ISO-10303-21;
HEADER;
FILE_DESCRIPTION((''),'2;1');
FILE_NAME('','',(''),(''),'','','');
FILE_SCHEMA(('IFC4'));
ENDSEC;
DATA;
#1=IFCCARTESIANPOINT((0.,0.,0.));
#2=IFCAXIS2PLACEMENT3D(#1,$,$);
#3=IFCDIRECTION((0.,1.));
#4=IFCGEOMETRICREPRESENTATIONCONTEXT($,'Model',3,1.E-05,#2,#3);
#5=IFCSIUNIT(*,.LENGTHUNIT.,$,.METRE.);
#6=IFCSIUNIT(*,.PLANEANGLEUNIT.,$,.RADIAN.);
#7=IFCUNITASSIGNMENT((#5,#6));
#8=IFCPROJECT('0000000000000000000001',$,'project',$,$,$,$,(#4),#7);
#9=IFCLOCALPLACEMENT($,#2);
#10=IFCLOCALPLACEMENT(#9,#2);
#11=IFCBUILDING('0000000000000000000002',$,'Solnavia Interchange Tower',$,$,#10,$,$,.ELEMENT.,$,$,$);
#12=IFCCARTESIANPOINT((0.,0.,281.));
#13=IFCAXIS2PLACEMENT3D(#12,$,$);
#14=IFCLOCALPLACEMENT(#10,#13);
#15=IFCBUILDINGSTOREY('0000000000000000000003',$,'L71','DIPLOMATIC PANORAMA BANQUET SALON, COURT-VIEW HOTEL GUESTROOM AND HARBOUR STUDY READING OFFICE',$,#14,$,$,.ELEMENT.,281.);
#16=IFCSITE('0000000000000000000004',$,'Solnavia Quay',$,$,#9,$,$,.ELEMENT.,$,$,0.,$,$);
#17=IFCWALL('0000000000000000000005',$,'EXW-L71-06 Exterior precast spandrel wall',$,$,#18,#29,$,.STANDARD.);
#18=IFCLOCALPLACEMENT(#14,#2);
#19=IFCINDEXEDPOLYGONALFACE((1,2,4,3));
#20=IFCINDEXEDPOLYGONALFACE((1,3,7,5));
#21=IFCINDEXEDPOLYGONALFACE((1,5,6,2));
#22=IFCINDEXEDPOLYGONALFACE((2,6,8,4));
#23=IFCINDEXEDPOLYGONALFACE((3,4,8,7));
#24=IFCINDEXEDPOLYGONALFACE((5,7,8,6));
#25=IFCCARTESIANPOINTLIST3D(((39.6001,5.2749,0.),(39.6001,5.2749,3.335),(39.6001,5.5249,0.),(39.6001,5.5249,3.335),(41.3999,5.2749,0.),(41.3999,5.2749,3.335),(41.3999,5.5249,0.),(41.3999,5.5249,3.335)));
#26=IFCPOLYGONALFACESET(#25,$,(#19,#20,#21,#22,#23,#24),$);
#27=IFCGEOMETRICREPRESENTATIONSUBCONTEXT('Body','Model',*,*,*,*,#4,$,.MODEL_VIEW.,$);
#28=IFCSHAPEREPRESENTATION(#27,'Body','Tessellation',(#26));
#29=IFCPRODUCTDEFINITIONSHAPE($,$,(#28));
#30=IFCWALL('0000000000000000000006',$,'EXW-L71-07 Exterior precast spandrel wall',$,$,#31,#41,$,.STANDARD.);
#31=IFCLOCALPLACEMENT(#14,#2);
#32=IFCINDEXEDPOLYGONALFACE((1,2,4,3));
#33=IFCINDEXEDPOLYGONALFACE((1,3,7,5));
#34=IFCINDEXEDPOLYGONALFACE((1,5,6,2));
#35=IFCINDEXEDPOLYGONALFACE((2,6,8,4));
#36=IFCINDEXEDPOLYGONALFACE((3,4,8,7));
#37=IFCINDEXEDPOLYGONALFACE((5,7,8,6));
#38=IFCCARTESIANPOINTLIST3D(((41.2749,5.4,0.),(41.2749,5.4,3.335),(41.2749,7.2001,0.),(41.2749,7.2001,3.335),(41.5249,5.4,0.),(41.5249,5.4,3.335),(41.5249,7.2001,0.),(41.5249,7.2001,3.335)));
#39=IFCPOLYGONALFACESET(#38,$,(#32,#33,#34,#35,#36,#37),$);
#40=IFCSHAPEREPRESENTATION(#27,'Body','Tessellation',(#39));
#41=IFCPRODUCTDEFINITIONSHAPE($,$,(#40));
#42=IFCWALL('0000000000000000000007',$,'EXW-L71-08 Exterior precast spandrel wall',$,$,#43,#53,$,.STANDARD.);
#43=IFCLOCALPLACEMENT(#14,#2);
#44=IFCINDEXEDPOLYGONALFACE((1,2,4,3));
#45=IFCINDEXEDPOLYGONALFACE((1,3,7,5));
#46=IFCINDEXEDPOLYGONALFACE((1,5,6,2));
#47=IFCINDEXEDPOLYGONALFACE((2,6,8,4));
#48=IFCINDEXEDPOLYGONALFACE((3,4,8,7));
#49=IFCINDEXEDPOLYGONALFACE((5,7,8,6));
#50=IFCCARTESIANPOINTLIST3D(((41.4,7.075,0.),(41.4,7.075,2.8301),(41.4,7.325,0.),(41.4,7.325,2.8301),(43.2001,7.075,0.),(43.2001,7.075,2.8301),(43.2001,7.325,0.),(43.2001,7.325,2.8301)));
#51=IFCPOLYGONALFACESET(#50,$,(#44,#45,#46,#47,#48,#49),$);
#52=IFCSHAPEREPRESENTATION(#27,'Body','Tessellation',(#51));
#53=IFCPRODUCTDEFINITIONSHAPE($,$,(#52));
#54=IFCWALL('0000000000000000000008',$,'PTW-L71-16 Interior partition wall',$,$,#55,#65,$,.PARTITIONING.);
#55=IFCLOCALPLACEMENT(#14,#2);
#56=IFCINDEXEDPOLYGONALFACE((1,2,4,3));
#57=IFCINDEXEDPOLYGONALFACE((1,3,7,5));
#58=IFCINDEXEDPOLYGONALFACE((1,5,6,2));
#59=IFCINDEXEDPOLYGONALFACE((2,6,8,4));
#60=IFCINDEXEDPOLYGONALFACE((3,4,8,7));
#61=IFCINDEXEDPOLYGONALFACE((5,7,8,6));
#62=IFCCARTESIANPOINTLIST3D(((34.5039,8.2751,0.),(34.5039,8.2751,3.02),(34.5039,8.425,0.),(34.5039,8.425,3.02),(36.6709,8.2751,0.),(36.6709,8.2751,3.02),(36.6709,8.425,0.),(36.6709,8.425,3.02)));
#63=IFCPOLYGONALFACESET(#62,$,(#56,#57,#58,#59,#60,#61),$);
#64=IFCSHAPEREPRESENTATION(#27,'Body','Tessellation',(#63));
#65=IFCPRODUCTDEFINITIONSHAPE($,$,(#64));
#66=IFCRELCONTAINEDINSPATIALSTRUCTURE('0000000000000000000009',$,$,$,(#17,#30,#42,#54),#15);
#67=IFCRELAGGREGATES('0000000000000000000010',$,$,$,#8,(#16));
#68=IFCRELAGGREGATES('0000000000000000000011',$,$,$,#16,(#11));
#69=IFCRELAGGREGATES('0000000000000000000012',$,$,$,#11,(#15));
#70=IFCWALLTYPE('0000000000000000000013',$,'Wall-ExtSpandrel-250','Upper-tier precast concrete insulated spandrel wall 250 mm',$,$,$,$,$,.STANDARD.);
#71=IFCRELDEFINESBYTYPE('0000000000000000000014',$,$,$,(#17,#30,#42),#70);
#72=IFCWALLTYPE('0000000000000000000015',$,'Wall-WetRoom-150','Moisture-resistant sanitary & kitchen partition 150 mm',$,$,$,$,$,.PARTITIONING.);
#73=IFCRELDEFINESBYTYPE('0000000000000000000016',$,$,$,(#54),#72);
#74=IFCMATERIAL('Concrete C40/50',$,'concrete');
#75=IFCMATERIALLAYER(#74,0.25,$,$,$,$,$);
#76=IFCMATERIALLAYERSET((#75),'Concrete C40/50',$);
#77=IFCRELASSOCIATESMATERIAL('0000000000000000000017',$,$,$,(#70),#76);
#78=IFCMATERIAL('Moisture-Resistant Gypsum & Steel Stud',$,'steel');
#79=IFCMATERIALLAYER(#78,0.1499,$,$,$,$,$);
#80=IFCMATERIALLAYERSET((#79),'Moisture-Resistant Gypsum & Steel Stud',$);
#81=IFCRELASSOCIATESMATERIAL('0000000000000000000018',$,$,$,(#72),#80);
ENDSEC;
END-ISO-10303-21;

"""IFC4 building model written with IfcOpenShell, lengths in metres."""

from ifc_helpers import new_model, si_unit, direction, frame, frame_2d, origin, place, context, subcontext, project, spatial, rectangle, extrude, material, layer, layer_set, type_object, element, save


model = new_model("IFC4")

# Units and contexts
model_context = context("Model", 3, precision=1e-05, world=origin(), true_north=direction((0.0, 1.0)))
body_context = subcontext(model_context, "Body", "Model", "MODEL_VIEW")
ifc_project = project(units=[si_unit("LENGTHUNIT", "METRE"), si_unit("PLANEANGLEUNIT", "RADIAN")], contexts=[model_context])

# Site, building, storey
site_placement = place(None, origin())
site = spatial("IfcSite", under=ifc_project, at=site_placement, Name="Solnavia Quay", CompositionType="ELEMENT", RefElevation=0.0)
building_placement = place(site_placement, origin())
building = spatial("IfcBuilding", under=site, at=building_placement, Name="Solnavia Interchange Tower", CompositionType="ELEMENT")
storey_placement = place(building_placement, frame((0.0, 0.0, 281.0)))
storey = spatial("IfcBuildingStorey", under=building, at=storey_placement, Name="L71", Description="DIPLOMATIC PANORAMA BANQUET SALON, COURT-VIEW HOTEL GUESTROOM AND HARBOUR STUDY READING OFFICE", CompositionType="ELEMENT", Elevation=281.0)

# Shared definitions
ifc_material_1 = material(Name="Concrete C40/50", Category="concrete")
ifc_layer_1 = layer(ifc_material_1, 0.25)
ifc_layer_set_1 = layer_set([ifc_layer_1], Name="Concrete C40/50")
wall_type_1 = type_object("IfcWallType", Name="Wall-ExtSpandrel-250", Description="Upper-tier precast concrete insulated spandrel wall 250 mm", PredefinedType="STANDARD", material=ifc_layer_set_1)

# Walls
wall_1_placement = place(storey_placement, frame((41.3999, 5.3999, 0.0), z_axis=(0.0, 0.0, 1.0), x_axis=(-1.0, 0.0, 0.0)))
element("IfcWall", 1, at=wall_1_placement, inside=storey, type_object=wall_type_1, Name="EXW-L71-06 Exterior precast spandrel wall", PredefinedType="STANDARD", context=body_context, shape_type="SweptSolid", body=[
    extrude(rectangle(XDim=1.7998, YDim=0.25, at=frame_2d((0.8999, 0.0))), origin(), (0.0, 0.0, 1.0), 3.335),
])
wall_2_placement = place(storey_placement, frame((41.3999, 7.2, 0.0), z_axis=(0.0, 0.0, 1.0), x_axis=(0.0, -1.0, 0.0)))
element("IfcWall", 2, at=wall_2_placement, inside=storey, type_object=wall_type_1, Name="EXW-L71-07 Exterior precast spandrel wall", PredefinedType="STANDARD", context=body_context, shape_type="SweptSolid", body=[
    extrude(rectangle(XDim=1.8, YDim=0.25, at=frame_2d((0.8999, 0.0))), origin(), (0.0, 0.0, 1.0), 3.335),
])
wall_3_placement = place(storey_placement, frame((43.2, 7.2, 0.0), z_axis=(0.0, 0.0, 1.0), x_axis=(-1.0, 0.0, 0.0)))
element("IfcWall", 3, at=wall_3_placement, inside=storey, type_object=wall_type_1, Name="EXW-L71-08 Exterior precast spandrel wall", PredefinedType="STANDARD", context=body_context, shape_type="SweptSolid", body=[
    extrude(rectangle(XDim=1.8, YDim=0.25, at=frame_2d((0.8999, 0.0))), origin(), (0.0, 0.0, 1.0), 2.8301),
])
ifc_material_2 = material(Name="Moisture-Resistant Gypsum & Steel Stud", Category="steel")
ifc_layer_2 = layer(ifc_material_2, 0.1499)
ifc_layer_set_2 = layer_set([ifc_layer_2], Name="Moisture-Resistant Gypsum & Steel Stud")
wall_type_2 = type_object("IfcWallType", Name="Wall-WetRoom-150", Description="Moisture-resistant sanitary & kitchen partition 150 mm", PredefinedType="PARTITIONING", material=ifc_layer_set_2)
wall_4_placement = place(storey_placement, frame((34.5039, 8.3501, 0.0), z_axis=(0.0, 0.0, 1.0), x_axis=(1.0, 0.0, 0.0)))
element("IfcWall", 4, at=wall_4_placement, inside=storey, type_object=wall_type_2, Name="PTW-L71-16 Interior partition wall", PredefinedType="PARTITIONING", context=body_context, shape_type="SweptSolid", body=[
    extrude(rectangle(XDim=2.167, YDim=0.1499, at=frame_2d((1.0835, 0.0))), origin(), (0.0, 0.0, 1.0), 3.02),
])

save(model, "model.ifc")
